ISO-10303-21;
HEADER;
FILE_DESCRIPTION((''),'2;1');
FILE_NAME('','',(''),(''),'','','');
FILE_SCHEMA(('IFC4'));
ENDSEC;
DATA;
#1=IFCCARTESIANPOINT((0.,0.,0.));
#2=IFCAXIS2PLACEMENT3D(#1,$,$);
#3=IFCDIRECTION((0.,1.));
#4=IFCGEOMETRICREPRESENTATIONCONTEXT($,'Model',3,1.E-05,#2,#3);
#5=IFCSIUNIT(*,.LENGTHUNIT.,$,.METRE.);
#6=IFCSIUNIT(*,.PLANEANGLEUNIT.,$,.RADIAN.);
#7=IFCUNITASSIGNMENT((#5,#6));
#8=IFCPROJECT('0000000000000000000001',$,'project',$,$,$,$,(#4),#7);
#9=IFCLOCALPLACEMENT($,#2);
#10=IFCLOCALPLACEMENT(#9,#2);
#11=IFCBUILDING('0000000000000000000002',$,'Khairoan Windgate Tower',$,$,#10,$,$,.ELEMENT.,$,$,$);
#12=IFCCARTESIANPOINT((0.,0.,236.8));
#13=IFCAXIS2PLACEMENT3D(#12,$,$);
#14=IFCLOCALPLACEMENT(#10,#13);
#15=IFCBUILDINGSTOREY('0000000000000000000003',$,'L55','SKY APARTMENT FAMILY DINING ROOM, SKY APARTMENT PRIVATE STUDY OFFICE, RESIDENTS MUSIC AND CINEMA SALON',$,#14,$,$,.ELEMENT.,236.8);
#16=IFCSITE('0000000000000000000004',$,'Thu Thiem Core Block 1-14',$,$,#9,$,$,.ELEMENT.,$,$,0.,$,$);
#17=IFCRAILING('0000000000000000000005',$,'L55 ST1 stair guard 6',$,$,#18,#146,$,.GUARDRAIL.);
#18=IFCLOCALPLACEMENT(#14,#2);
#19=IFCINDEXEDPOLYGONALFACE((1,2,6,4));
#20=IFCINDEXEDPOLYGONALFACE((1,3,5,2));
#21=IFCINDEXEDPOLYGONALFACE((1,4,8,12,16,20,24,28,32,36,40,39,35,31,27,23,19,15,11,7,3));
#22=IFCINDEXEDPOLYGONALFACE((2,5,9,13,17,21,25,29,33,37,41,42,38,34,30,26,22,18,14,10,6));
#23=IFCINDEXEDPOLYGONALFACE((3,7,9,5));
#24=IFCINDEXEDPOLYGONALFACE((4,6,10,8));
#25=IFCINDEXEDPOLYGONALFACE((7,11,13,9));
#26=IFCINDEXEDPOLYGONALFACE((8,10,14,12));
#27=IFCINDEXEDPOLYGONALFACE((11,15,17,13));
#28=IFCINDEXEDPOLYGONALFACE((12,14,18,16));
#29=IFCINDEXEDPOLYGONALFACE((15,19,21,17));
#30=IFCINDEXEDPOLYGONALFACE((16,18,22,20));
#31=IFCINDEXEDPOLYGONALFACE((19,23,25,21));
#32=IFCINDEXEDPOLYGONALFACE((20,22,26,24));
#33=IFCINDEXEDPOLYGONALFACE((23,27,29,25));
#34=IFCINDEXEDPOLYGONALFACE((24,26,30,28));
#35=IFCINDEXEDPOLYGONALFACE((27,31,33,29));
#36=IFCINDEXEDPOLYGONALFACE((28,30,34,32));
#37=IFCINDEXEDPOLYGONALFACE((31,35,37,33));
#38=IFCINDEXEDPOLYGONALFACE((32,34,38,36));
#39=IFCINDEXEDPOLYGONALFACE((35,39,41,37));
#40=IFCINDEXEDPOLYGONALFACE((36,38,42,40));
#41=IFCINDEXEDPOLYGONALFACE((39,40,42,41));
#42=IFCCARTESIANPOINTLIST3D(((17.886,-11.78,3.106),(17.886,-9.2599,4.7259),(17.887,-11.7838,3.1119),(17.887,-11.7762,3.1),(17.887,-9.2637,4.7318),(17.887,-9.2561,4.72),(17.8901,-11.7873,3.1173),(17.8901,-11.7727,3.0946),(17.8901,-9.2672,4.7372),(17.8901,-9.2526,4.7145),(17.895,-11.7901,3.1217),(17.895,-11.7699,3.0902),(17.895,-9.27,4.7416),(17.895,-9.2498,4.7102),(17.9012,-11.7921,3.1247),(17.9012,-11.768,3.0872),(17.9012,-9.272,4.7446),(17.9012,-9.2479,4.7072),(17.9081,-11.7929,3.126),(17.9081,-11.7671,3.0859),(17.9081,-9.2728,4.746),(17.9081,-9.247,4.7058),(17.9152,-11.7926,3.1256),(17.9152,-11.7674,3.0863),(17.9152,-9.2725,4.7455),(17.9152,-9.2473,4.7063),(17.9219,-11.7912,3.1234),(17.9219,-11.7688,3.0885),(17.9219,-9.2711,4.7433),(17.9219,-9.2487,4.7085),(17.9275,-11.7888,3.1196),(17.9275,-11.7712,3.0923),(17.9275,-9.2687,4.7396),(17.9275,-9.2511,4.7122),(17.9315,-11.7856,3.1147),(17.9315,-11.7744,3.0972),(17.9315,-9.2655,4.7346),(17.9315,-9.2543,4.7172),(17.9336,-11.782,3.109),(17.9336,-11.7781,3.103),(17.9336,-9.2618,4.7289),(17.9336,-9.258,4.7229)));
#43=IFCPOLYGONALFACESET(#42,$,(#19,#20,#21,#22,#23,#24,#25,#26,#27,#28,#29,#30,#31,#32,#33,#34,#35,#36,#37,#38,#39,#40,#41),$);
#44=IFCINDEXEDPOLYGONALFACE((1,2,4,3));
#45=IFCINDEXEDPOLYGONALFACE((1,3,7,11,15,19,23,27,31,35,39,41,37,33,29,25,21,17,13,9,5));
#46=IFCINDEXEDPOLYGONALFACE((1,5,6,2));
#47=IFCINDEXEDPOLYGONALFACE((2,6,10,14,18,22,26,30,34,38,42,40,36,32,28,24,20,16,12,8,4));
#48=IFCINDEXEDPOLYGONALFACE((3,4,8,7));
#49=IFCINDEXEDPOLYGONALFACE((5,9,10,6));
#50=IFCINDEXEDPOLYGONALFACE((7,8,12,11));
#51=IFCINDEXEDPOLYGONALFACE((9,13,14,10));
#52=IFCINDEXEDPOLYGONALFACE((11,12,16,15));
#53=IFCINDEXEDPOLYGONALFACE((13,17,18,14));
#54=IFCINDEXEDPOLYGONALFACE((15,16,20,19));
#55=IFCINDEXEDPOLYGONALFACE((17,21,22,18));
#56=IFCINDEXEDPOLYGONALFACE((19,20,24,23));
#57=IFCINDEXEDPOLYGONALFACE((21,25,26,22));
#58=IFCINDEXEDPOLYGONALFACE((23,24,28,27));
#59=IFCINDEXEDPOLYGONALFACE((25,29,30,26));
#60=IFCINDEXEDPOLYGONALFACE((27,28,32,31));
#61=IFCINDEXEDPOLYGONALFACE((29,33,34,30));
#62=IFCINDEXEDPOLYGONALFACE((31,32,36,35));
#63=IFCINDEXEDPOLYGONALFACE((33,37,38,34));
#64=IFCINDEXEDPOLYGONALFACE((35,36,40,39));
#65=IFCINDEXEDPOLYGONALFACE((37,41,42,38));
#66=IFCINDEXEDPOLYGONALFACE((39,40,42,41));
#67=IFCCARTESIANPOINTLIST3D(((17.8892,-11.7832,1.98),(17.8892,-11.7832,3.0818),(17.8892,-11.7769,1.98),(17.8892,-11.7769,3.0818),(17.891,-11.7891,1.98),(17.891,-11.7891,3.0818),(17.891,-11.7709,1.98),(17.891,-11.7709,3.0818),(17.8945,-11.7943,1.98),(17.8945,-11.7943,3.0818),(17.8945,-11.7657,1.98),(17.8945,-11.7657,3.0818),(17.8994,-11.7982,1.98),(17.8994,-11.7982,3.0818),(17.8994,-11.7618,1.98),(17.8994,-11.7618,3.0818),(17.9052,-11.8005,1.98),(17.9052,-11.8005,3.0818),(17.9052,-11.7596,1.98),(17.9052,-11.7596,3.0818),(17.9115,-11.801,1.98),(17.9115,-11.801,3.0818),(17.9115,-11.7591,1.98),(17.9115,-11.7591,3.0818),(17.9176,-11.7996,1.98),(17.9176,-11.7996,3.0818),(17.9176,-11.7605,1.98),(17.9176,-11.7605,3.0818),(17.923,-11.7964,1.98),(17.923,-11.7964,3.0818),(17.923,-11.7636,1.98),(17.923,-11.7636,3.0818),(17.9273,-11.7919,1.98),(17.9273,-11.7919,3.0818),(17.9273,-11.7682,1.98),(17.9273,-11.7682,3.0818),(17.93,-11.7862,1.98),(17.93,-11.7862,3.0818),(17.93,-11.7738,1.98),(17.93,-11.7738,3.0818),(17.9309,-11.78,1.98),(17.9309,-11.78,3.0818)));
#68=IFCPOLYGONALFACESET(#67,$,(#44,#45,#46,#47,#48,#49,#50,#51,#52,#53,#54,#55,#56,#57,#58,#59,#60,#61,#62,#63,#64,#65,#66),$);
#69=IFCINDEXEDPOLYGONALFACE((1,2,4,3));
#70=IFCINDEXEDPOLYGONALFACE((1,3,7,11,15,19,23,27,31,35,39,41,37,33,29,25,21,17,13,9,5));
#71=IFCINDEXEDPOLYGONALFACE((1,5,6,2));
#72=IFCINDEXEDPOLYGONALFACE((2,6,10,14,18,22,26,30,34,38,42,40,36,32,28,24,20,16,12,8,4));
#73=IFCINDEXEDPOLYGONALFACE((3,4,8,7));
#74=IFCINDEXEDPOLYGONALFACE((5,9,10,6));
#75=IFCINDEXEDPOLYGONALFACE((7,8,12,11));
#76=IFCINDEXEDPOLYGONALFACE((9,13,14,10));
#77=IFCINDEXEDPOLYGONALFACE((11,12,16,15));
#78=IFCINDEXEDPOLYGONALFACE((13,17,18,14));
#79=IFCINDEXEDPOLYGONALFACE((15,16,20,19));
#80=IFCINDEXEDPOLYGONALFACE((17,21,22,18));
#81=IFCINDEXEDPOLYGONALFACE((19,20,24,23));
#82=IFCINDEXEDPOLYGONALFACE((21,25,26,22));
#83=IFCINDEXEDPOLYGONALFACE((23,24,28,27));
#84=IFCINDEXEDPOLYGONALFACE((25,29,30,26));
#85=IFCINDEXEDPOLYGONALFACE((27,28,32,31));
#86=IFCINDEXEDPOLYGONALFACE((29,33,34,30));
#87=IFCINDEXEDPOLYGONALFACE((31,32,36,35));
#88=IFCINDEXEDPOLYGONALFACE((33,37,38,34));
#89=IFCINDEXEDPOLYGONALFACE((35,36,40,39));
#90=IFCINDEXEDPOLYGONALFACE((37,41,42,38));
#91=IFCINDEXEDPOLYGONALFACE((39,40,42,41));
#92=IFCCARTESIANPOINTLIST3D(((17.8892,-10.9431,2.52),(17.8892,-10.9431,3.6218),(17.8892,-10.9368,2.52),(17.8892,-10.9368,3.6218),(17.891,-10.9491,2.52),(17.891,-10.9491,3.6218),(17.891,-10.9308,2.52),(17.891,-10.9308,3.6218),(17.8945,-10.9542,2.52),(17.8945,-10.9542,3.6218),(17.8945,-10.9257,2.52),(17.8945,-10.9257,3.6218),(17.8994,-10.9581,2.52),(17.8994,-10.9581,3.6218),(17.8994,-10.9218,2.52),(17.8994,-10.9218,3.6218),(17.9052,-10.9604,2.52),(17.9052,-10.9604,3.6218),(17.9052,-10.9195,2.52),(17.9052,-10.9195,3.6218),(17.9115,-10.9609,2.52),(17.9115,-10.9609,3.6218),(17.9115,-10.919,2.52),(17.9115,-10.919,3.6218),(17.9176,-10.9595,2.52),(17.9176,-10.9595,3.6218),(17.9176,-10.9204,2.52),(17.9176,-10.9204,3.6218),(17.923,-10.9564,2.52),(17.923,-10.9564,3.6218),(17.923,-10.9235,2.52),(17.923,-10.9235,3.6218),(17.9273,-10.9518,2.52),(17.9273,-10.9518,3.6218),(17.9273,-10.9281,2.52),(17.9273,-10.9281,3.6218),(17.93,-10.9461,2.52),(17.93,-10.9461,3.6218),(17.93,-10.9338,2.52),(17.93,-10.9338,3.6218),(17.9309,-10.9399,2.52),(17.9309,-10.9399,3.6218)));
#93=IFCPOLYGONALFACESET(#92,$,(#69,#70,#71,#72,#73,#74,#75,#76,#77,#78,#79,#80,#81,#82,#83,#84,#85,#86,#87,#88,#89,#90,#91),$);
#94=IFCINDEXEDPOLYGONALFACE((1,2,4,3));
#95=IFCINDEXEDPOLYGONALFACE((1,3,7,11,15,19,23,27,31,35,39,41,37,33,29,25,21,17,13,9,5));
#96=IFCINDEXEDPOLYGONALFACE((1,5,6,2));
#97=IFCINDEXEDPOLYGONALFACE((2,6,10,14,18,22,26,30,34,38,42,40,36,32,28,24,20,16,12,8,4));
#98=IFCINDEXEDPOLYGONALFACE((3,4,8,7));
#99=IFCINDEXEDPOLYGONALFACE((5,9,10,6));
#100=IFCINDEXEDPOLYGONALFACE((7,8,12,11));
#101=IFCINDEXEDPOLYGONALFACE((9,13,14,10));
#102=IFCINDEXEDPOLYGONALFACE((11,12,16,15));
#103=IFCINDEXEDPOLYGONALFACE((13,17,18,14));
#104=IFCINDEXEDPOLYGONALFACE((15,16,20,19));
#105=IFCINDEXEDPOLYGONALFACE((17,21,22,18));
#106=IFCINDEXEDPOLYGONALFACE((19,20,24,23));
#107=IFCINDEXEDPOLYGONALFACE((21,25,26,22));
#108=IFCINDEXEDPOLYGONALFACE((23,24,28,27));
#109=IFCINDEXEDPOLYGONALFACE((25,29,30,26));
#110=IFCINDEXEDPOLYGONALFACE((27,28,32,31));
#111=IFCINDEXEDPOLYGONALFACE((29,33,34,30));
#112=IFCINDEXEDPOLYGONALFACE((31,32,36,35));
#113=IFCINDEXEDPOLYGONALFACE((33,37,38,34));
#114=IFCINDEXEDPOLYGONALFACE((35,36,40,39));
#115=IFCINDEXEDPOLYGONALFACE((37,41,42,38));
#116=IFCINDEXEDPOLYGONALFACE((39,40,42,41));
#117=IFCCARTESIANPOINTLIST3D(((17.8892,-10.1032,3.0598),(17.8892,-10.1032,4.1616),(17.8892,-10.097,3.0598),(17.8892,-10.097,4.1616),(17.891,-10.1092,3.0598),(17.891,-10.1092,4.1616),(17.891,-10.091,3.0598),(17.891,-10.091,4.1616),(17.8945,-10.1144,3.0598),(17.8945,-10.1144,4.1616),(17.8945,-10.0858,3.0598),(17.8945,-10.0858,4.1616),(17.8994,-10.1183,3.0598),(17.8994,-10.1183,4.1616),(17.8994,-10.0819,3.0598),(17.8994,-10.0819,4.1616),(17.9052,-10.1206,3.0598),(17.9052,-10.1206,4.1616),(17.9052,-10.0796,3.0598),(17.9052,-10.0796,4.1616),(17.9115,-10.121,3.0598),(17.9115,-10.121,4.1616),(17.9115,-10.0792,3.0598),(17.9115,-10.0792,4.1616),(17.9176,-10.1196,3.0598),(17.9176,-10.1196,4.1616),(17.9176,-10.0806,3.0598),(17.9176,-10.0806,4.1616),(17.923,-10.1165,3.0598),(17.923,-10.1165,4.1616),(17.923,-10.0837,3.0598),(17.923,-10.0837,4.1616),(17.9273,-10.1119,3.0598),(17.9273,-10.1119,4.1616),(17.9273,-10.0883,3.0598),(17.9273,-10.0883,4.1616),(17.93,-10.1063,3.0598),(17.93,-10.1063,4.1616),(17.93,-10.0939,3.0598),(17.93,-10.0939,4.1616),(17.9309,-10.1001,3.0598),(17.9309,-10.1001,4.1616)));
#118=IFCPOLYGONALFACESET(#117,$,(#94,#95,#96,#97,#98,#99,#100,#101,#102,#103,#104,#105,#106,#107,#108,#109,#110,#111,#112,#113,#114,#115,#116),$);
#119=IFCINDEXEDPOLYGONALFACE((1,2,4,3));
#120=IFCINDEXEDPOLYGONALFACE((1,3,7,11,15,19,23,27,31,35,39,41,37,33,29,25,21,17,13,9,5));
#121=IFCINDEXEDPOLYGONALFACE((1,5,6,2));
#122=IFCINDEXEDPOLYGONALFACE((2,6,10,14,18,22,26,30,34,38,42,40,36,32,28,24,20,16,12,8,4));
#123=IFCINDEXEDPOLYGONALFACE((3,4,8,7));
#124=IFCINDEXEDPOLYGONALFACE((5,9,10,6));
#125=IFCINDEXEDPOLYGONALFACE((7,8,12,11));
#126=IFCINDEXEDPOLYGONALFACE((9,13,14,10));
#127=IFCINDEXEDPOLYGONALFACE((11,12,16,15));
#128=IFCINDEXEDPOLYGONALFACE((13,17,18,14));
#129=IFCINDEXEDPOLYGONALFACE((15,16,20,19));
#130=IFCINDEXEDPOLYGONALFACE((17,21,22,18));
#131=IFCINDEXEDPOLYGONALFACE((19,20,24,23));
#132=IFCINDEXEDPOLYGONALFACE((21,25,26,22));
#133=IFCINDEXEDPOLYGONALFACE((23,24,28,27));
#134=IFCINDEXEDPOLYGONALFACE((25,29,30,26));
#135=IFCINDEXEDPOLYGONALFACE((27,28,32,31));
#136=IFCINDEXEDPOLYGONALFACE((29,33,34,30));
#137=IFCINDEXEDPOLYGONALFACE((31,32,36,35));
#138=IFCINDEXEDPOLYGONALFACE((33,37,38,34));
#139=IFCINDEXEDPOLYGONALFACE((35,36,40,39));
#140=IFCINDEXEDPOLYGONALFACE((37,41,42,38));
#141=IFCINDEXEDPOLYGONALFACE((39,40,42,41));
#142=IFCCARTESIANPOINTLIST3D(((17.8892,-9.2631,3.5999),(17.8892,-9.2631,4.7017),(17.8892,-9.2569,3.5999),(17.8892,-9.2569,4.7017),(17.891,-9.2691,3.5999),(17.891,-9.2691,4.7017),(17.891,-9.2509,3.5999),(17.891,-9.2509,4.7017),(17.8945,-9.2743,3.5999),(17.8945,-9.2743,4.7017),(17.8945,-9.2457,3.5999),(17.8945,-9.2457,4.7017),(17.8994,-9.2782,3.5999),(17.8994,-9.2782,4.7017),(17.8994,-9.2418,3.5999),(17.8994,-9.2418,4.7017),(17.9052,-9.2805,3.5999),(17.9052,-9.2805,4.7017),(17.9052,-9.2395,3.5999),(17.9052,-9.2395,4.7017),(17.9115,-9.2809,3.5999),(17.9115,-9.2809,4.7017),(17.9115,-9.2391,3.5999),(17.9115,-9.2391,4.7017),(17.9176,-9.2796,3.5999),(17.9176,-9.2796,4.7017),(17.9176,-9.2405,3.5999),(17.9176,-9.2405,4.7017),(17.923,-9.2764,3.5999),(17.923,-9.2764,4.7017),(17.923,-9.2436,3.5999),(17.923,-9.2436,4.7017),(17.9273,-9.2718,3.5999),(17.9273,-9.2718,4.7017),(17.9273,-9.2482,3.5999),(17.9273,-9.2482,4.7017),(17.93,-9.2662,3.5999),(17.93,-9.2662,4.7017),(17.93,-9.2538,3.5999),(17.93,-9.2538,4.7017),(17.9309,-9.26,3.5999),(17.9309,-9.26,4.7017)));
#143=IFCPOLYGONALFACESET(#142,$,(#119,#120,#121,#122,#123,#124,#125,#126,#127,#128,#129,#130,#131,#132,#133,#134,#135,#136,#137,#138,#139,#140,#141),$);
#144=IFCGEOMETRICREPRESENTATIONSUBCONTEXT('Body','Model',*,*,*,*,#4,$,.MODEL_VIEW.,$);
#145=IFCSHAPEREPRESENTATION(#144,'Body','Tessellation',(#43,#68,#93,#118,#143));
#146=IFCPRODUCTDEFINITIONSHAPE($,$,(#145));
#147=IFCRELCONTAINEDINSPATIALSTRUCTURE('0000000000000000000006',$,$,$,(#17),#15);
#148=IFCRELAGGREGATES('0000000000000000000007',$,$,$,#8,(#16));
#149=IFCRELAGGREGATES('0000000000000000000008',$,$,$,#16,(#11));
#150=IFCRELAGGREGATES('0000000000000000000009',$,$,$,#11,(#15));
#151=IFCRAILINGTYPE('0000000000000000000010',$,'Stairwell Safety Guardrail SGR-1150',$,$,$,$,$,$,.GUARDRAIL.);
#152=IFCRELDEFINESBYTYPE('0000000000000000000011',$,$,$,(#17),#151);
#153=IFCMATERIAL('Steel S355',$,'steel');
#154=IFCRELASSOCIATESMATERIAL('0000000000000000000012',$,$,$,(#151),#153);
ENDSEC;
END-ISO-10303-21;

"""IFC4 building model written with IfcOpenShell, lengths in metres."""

from ifc_helpers import new_model, si_unit, direction, frame, origin, origin_2d, place, context, subcontext, project, spatial, circle, extrude, material, type_object, element, save


model = new_model("IFC4")

# Units and contexts
model_context = context("Model", 3, precision=1e-05, world=origin(), true_north=direction((0.0, 1.0)))
body_context = subcontext(model_context, "Body", "Model", "MODEL_VIEW")
ifc_project = project(units=[si_unit("LENGTHUNIT", "METRE"), si_unit("PLANEANGLEUNIT", "RADIAN")], contexts=[model_context])

# Site, building, storey
site_placement = place(None, origin())
site = spatial("IfcSite", under=ifc_project, at=site_placement, Name="Thu Thiem Core Block 1-14", CompositionType="ELEMENT", RefElevation=0.0)
building_placement = place(site_placement, origin())
building = spatial("IfcBuilding", under=site, at=building_placement, Name="Khairoan Windgate Tower", CompositionType="ELEMENT")
storey_placement = place(building_placement, frame((0.0, 0.0, 236.8)))
storey = spatial("IfcBuildingStorey", under=building, at=storey_placement, Name="L55", Description="SKY APARTMENT FAMILY DINING ROOM, SKY APARTMENT PRIVATE STUDY OFFICE, RESIDENTS MUSIC AND CINEMA SALON", CompositionType="ELEMENT", Elevation=236.8)

# Railing
ifc_material_1 = material(Name="Steel S355", Category="steel")
railing_type_1 = type_object("IfcRailingType", Name="Stairwell Safety Guardrail SGR-1150", PredefinedType="GUARDRAIL", material=ifc_material_1)
railing_1_placement = place(storey_placement, frame((17.9099, -11.78, 1.98)))
element("IfcRailing", 1, at=railing_1_placement, inside=storey, type_object=railing_type_1, Name="L55 ST1 stair guard 6", PredefinedType="GUARDRAIL", context=body_context, shape_type="SweptSolid", body=[
    extrude(circle(Radius=0.0239, at=origin_2d()), frame((0.0, 0.0, 1.126), z_axis=(0.0, 0.8412, 0.540725), x_axis=(-1.0, 0.0, 0.0)), (0.0, 0.0, 1.0), 2.9958),
    extrude(circle(Radius=0.021, at=origin_2d()), origin(), (0.0, 0.0, 1.0), 1.1018),
    extrude(circle(Radius=0.021, at=origin_2d()), frame((0.0, 0.8401, 0.54)), (0.0, 0.0, 1.0), 1.1018),
    extrude(circle(Radius=0.021, at=origin_2d()), frame((0.0, 1.6799, 1.0798)), (0.0, 0.0, 1.0), 1.1018),
    extrude(circle(Radius=0.021, at=origin_2d()), frame((0.0, 2.52, 1.6199)), (0.0, 0.0, 1.0), 1.1018),
])

save(model, "model.ifc")
